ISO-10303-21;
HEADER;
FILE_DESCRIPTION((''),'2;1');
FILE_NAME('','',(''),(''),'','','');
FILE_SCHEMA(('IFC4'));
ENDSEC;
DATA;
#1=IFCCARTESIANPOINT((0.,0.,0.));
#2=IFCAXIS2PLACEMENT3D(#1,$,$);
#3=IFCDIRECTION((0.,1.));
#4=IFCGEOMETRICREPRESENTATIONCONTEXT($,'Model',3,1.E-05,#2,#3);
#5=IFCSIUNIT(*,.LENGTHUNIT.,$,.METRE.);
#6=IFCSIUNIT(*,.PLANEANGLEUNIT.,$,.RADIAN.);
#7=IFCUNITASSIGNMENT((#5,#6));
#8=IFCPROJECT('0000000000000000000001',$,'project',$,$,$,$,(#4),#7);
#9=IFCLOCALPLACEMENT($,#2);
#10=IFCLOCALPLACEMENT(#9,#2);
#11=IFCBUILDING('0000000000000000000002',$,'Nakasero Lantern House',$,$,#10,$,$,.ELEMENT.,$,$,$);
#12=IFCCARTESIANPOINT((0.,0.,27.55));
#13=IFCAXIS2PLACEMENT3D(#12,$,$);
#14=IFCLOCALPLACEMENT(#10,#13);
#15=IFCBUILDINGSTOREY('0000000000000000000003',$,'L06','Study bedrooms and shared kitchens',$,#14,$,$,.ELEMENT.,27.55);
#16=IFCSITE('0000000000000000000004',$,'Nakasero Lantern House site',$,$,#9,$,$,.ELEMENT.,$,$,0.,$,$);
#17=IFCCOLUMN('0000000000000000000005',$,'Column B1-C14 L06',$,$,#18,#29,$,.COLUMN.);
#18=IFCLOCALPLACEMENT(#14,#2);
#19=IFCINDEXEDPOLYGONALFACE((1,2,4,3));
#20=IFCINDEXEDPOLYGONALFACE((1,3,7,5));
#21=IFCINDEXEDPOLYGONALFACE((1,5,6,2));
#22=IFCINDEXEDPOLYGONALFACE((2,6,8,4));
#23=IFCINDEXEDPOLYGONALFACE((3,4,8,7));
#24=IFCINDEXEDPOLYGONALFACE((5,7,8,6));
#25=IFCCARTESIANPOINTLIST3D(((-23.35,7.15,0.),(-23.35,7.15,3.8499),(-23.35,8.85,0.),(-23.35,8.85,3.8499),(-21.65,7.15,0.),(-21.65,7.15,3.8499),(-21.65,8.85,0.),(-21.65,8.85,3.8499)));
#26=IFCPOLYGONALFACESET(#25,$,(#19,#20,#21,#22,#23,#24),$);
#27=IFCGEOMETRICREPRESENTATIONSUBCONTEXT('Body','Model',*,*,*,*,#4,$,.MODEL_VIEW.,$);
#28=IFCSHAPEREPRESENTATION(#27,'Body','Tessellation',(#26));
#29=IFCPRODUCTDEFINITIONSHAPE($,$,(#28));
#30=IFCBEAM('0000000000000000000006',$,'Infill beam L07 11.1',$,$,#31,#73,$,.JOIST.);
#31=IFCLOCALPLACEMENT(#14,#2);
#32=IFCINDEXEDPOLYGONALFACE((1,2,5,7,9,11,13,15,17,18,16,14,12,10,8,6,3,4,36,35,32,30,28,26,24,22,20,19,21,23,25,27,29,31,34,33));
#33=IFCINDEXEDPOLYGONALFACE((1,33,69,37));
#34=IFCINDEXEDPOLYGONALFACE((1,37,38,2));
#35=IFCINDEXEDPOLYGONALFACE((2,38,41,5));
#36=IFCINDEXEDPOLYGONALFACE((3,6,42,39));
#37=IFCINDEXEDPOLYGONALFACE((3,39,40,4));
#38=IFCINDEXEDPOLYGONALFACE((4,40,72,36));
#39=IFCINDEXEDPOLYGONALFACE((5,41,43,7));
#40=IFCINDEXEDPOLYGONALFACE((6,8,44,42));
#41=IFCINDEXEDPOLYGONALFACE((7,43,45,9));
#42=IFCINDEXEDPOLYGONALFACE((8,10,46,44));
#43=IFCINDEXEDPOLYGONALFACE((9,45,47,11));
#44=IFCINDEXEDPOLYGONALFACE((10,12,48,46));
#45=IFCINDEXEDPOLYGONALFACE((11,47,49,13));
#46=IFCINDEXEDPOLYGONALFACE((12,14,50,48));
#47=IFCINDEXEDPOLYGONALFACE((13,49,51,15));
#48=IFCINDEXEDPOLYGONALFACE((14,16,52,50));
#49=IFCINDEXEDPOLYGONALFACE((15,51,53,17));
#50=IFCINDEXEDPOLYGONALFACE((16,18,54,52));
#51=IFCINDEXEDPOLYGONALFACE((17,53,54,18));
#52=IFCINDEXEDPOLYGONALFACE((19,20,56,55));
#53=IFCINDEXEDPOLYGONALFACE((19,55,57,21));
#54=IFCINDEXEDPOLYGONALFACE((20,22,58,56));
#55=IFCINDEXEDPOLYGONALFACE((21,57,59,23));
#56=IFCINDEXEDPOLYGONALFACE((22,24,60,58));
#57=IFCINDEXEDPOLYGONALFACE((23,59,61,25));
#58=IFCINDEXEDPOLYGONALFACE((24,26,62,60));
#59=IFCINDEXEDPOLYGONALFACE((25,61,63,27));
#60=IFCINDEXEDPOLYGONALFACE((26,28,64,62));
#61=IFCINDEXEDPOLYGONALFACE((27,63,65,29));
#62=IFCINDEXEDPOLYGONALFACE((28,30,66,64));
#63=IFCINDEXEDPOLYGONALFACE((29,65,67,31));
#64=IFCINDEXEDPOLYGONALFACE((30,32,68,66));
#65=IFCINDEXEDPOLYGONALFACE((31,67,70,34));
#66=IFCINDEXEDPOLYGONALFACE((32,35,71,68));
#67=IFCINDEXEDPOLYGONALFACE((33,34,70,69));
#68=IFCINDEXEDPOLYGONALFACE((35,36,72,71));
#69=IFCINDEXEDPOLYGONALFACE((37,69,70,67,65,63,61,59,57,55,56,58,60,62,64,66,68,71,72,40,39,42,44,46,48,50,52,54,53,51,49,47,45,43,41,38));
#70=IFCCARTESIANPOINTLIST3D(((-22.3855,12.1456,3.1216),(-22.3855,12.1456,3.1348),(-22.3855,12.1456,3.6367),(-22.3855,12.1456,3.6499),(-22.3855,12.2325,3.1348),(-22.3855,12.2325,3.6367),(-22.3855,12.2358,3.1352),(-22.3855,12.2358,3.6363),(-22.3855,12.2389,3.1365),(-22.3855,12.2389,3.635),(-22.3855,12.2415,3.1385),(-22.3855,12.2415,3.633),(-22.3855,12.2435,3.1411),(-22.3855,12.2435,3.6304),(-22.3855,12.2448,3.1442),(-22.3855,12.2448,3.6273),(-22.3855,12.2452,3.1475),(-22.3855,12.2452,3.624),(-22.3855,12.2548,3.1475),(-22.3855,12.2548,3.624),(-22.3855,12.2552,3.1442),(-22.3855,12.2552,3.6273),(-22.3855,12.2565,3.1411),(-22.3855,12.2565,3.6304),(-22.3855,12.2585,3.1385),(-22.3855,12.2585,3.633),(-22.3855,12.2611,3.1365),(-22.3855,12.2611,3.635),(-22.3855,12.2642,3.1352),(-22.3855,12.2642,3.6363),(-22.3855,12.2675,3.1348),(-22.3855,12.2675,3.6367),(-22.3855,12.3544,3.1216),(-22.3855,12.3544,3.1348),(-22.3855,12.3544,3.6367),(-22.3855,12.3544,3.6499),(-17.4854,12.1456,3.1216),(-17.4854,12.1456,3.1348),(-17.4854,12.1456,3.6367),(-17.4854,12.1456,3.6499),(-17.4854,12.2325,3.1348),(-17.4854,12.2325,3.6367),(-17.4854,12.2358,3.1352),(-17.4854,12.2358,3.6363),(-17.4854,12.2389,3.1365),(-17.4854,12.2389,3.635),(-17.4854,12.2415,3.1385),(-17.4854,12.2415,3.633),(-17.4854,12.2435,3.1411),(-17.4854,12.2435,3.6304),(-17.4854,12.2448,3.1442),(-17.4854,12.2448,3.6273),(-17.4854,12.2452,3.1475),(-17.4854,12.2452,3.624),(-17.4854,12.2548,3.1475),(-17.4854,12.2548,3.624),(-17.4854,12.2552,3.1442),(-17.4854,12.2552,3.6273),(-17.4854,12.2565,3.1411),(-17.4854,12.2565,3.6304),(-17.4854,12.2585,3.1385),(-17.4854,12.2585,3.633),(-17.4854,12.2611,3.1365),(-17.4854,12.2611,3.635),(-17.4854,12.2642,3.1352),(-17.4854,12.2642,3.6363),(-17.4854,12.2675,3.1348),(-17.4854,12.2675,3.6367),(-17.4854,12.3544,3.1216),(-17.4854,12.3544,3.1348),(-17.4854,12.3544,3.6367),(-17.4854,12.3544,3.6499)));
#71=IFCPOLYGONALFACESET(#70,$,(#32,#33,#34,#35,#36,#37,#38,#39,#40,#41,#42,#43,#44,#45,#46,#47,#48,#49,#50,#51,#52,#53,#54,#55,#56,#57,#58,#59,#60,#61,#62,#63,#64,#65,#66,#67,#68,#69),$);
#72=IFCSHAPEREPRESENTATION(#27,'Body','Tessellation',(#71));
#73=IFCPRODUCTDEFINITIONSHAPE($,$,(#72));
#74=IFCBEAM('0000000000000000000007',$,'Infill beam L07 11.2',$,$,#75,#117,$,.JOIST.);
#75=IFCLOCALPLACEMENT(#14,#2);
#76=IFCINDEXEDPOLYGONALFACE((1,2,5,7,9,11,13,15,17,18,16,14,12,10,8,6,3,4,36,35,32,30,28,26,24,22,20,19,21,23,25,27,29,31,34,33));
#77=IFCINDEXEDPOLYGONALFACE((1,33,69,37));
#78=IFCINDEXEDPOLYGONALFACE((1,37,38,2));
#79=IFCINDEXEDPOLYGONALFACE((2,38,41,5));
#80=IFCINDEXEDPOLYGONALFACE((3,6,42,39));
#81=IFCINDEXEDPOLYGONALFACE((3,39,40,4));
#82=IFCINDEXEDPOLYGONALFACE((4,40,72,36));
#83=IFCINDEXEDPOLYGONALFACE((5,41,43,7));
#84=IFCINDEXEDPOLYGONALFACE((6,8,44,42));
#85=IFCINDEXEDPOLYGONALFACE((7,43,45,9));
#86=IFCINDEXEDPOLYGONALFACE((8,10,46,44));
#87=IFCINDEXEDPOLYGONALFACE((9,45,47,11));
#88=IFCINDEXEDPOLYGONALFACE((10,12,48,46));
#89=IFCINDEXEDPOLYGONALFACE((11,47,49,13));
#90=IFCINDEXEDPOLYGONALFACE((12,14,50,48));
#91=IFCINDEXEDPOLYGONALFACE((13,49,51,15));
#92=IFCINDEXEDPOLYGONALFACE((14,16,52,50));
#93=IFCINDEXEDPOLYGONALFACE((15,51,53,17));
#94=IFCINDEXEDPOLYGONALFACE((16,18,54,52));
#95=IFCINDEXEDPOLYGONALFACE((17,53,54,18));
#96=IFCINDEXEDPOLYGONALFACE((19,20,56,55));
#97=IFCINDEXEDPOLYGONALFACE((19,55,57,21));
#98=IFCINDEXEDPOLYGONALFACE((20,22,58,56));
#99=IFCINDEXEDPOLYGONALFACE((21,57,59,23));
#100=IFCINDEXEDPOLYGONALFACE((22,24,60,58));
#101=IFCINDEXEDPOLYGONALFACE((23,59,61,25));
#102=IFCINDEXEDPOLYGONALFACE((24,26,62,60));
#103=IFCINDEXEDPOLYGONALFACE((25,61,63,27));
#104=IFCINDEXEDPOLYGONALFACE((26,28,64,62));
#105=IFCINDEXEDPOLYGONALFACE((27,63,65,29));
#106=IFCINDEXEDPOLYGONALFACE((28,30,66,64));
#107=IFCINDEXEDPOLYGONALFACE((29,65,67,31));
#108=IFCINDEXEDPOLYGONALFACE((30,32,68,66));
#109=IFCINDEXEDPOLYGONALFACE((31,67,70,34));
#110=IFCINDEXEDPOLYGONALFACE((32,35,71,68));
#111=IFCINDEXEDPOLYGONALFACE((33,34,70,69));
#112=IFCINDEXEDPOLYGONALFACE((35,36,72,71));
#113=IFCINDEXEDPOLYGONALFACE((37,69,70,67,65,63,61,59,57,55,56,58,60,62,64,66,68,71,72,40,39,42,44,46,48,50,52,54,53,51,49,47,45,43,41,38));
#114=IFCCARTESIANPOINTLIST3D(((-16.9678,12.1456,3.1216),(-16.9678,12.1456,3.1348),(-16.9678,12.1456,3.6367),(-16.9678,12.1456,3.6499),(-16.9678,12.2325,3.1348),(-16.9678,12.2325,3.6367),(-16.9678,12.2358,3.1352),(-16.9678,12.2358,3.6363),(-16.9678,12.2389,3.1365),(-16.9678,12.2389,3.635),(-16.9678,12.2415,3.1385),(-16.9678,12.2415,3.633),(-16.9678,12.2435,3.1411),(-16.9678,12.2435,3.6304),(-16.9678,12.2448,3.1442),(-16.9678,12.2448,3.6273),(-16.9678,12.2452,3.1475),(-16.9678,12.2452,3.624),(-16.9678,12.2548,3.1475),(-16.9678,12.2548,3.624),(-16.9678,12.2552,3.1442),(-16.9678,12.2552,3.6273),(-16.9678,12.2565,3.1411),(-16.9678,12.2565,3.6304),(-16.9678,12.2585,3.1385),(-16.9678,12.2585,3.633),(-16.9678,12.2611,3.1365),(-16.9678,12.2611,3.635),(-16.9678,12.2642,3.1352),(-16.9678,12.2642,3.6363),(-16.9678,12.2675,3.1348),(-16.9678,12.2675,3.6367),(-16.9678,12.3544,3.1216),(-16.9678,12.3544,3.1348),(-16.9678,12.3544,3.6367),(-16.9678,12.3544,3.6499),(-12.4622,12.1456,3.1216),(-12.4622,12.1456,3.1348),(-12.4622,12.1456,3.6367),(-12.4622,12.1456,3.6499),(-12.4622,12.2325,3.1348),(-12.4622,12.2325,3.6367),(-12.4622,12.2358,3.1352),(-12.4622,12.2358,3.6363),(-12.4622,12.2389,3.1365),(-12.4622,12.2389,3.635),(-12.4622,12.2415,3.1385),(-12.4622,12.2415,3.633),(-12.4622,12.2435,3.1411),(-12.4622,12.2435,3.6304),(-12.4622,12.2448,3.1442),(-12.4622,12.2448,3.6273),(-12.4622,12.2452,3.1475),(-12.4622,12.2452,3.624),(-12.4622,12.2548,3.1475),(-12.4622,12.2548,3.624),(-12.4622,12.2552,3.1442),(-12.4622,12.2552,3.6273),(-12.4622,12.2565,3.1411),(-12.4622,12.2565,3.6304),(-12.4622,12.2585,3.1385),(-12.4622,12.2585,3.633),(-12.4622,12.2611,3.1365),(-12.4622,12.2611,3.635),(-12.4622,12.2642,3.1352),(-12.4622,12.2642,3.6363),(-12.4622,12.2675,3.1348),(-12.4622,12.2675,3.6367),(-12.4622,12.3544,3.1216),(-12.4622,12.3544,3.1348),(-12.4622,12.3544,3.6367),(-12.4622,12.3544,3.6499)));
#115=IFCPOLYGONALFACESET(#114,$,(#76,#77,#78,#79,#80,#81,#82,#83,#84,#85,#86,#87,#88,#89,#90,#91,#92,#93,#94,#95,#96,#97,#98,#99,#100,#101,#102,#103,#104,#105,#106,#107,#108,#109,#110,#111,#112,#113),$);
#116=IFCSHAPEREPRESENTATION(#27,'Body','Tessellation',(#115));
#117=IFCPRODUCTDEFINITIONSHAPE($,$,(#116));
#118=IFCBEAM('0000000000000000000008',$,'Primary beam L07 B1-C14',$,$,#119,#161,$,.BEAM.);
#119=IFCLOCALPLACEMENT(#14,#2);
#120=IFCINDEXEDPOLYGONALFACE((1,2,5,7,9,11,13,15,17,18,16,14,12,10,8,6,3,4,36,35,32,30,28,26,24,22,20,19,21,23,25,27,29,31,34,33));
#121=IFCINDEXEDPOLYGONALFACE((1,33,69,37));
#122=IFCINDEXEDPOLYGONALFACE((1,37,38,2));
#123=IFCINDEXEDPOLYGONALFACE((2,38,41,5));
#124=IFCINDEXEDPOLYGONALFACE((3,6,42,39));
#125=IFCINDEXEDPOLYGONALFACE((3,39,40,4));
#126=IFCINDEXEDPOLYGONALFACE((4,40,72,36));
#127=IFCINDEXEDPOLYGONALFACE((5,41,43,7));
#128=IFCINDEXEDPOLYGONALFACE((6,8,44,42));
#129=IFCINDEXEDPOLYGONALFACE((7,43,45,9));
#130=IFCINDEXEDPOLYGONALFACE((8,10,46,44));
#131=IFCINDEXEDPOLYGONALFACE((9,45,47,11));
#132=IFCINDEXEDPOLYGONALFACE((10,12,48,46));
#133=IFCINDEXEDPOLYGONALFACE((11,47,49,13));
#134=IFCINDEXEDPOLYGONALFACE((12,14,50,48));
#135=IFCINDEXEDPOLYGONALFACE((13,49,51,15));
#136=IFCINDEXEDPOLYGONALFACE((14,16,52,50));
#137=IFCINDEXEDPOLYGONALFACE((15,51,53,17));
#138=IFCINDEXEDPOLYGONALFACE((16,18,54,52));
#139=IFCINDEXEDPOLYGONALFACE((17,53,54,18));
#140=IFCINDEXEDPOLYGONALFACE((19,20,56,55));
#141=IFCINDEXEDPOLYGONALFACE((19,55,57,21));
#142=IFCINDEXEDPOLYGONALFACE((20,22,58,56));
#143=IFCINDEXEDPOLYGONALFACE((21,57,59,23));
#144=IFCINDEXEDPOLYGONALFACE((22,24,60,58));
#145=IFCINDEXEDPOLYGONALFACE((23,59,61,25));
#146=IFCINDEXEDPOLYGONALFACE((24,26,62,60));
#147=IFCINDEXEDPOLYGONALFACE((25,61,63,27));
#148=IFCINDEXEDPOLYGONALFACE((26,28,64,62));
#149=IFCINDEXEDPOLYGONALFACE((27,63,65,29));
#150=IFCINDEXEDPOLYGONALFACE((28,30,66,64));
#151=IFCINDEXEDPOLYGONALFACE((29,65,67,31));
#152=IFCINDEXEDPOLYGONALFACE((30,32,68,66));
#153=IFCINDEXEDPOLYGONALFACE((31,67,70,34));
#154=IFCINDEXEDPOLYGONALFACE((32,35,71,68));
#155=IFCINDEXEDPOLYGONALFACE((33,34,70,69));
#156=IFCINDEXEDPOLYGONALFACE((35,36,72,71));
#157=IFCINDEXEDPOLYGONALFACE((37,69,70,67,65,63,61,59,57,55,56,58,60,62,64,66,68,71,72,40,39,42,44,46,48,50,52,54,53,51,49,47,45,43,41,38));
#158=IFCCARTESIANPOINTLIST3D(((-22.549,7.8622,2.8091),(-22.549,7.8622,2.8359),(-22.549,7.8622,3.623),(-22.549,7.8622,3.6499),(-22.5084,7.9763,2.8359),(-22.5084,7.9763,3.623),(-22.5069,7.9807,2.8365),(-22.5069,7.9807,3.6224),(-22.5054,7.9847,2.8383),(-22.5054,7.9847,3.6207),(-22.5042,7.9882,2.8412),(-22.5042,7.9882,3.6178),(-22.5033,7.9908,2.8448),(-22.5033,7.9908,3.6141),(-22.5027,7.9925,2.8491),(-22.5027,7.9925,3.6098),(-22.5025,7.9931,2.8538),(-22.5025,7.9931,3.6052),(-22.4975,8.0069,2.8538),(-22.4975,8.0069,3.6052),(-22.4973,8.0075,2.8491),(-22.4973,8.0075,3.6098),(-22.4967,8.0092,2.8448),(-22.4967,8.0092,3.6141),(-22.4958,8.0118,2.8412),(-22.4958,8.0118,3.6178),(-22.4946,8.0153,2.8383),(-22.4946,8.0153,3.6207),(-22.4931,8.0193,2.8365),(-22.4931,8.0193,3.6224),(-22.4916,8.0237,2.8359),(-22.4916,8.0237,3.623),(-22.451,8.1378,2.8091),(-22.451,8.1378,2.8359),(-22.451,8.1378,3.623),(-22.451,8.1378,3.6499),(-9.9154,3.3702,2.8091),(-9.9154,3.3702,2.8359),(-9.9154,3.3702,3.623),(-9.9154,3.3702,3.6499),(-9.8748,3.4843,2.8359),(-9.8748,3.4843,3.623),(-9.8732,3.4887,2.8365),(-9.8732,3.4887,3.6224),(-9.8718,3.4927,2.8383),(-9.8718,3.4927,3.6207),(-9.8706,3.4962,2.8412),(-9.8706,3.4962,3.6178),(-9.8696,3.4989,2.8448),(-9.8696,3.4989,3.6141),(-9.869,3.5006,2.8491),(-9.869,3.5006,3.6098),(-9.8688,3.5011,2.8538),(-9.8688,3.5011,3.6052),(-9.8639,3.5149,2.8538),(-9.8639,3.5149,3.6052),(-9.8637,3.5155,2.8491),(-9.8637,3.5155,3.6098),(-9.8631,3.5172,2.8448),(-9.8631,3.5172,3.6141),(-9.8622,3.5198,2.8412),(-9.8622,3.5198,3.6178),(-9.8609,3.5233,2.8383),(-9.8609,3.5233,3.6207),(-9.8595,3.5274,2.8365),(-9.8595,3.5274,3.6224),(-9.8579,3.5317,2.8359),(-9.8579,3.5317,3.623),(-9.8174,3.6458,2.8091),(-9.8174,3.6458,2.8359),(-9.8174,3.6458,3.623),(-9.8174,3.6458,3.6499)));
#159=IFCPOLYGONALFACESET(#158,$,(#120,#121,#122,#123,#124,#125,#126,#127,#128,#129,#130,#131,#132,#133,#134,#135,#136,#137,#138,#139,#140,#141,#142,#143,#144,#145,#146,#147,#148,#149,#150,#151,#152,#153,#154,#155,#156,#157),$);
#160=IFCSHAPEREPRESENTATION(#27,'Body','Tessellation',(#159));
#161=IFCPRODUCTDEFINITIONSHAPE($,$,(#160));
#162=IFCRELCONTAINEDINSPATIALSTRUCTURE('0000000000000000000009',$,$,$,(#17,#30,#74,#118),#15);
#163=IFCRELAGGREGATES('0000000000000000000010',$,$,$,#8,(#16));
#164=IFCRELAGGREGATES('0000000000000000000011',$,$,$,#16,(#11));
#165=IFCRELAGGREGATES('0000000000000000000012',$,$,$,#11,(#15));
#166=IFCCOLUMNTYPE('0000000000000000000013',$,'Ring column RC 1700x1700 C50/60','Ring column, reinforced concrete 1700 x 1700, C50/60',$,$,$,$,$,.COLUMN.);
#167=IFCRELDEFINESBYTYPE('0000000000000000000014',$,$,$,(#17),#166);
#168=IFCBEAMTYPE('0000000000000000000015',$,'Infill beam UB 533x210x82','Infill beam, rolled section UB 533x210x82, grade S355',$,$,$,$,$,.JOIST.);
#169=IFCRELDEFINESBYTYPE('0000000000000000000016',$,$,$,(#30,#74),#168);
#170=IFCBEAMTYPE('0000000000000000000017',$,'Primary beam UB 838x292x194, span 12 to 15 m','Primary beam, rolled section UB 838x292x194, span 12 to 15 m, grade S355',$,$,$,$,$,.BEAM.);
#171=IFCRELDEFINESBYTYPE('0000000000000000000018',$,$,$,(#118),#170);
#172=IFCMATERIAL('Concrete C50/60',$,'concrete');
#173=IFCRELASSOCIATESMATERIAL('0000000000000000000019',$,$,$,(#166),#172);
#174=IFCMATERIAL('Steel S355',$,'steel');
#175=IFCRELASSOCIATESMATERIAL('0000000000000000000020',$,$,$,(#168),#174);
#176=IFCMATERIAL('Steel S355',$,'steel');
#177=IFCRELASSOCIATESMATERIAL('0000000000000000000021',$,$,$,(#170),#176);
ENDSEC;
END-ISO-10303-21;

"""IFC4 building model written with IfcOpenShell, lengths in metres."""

from ifc_helpers import new_model, si_unit, direction, frame, origin, origin_2d, place, context, subcontext, project, spatial, rectangle, i_section, extrude, material, material_profile, profile_set, type_object, element, save


model = new_model("IFC4")

# Units and contexts
model_context = context("Model", 3, precision=1e-05, world=origin(), true_north=direction((0.0, 1.0)))
body_context = subcontext(model_context, "Body", "Model", "MODEL_VIEW")
ifc_project = project(units=[si_unit("LENGTHUNIT", "METRE"), si_unit("PLANEANGLEUNIT", "RADIAN")], contexts=[model_context])

# Site, building, storey
site_placement = place(None, origin())
site = spatial("IfcSite", under=ifc_project, at=site_placement, Name="Nakasero Lantern House site", CompositionType="ELEMENT", RefElevation=0.0)
building_placement = place(site_placement, origin())
building = spatial("IfcBuilding", under=site, at=building_placement, Name="Nakasero Lantern House", CompositionType="ELEMENT")
storey_placement = place(building_placement, frame((0.0, 0.0, 27.55)))
storey = spatial("IfcBuildingStorey", under=building, at=storey_placement, Name="L06", Description="Study bedrooms and shared kitchens", CompositionType="ELEMENT", Elevation=27.55)

# Column
ifc_material_1 = material(Name="Concrete C50/60", Category="concrete")
ifc_material_profile_1 = material_profile(ifc_material_1, rectangle(XDim=1.7, YDim=1.7, at=origin_2d()), Name="RC 1700x1700")
ifc_profile_set_1 = profile_set([ifc_material_profile_1], Name="Concrete C50/60")
column_type = type_object("IfcColumnType", Name="Ring column RC 1700x1700 C50/60", Description="Ring column, reinforced concrete 1700 x 1700, C50/60", PredefinedType="COLUMN", material=ifc_profile_set_1)
column_placement = place(storey_placement, frame((-22.5, 8.0, 0.0), z_axis=(0.0, 0.0, 1.0), x_axis=(1.0, 0.0, 0.0)))
element("IfcColumn", 1, at=column_placement, inside=storey, type_object=column_type, Name="Column B1-C14 L06", PredefinedType="COLUMN", context=body_context, shape_type="SweptSolid", body=[
    extrude(rectangle(XDim=1.7, YDim=1.7, at=origin_2d()), origin(), (0.0, 0.0, 1.0), 3.8499),
])

# Beams
ifc_material_2 = material(Name="Steel S355", Category="steel")
ifc_material_profile_2 = material_profile(ifc_material_2, i_section(OverallWidth=0.2087, OverallDepth=0.5283, WebThickness=0.0095, FlangeThickness=0.0132, FilletRadius=0.0127, at=origin_2d()), Name="UB 533x210x82")
ifc_profile_set_2 = profile_set([ifc_material_profile_2], Name="Steel S355")
beam_type_1 = type_object("IfcBeamType", Name="Infill beam UB 533x210x82", Description="Infill beam, rolled section UB 533x210x82, grade S355", PredefinedType="JOIST", material=ifc_profile_set_2)
beam_1_placement = place(storey_placement, frame((-22.3855, 12.25, 3.3857), z_axis=(1.0, 0.0, 0.0), x_axis=(0.0, 1.0, 0.0)))
element("IfcBeam", 2, at=beam_1_placement, inside=storey, type_object=beam_type_1, Name="Infill beam L07 11.1", PredefinedType="JOIST", context=body_context, shape_type="SweptSolid", body=[
    extrude(i_section(OverallWidth=0.2087, OverallDepth=0.5283, WebThickness=0.0095, FlangeThickness=0.0132, FilletRadius=0.0127, at=origin_2d()), origin(), (0.0, 0.0, 1.0), 4.9001),
])
beam_2_placement = place(storey_placement, frame((-16.9678, 12.25, 3.3857), z_axis=(1.0, 0.0, 0.0), x_axis=(0.0, 1.0, 0.0)))
element("IfcBeam", 3, at=beam_2_placement, inside=storey, type_object=beam_type_1, Name="Infill beam L07 11.2", PredefinedType="JOIST", context=body_context, shape_type="SweptSolid", body=[
    extrude(i_section(OverallWidth=0.2087, OverallDepth=0.5283, WebThickness=0.0095, FlangeThickness=0.0132, FilletRadius=0.0127, at=origin_2d()), origin(), (0.0, 0.0, 1.0), 4.5056),
])
ifc_material_3 = material(Name="Steel S355", Category="steel")
ifc_material_profile_3 = material_profile(ifc_material_3, i_section(OverallWidth=0.2925, OverallDepth=0.8408, WebThickness=0.0146, FlangeThickness=0.0269, FilletRadius=0.0178, at=origin_2d()), Name="UB 838x292x194")
ifc_profile_set_3 = profile_set([ifc_material_profile_3], Name="Steel S355")
beam_type_2 = type_object("IfcBeamType", Name="Primary beam UB 838x292x194, span 12 to 15 m", Description="Primary beam, rolled section UB 838x292x194, span 12 to 15 m, grade S355", PredefinedType="BEAM", material=ifc_profile_set_3)
beam_3_placement = place(storey_placement, frame((-22.5, 8.0, 3.2295), z_axis=(0.942214, -0.335011, 0.0), x_axis=(0.335011, 0.942214, 0.0)))
element("IfcBeam", 4, at=beam_3_placement, inside=storey, type_object=beam_type_2, Name="Primary beam L07 B1-C14", PredefinedType="BEAM", context=body_context, shape_type="SweptSolid", body=[
    extrude(i_section(OverallWidth=0.2925, OverallDepth=0.8408, WebThickness=0.0146, FlangeThickness=0.0269, FilletRadius=0.0178, at=origin_2d()), origin(), (0.0, 0.0, 1.0), 13.4084),
])

save(model, "model.ifc")
